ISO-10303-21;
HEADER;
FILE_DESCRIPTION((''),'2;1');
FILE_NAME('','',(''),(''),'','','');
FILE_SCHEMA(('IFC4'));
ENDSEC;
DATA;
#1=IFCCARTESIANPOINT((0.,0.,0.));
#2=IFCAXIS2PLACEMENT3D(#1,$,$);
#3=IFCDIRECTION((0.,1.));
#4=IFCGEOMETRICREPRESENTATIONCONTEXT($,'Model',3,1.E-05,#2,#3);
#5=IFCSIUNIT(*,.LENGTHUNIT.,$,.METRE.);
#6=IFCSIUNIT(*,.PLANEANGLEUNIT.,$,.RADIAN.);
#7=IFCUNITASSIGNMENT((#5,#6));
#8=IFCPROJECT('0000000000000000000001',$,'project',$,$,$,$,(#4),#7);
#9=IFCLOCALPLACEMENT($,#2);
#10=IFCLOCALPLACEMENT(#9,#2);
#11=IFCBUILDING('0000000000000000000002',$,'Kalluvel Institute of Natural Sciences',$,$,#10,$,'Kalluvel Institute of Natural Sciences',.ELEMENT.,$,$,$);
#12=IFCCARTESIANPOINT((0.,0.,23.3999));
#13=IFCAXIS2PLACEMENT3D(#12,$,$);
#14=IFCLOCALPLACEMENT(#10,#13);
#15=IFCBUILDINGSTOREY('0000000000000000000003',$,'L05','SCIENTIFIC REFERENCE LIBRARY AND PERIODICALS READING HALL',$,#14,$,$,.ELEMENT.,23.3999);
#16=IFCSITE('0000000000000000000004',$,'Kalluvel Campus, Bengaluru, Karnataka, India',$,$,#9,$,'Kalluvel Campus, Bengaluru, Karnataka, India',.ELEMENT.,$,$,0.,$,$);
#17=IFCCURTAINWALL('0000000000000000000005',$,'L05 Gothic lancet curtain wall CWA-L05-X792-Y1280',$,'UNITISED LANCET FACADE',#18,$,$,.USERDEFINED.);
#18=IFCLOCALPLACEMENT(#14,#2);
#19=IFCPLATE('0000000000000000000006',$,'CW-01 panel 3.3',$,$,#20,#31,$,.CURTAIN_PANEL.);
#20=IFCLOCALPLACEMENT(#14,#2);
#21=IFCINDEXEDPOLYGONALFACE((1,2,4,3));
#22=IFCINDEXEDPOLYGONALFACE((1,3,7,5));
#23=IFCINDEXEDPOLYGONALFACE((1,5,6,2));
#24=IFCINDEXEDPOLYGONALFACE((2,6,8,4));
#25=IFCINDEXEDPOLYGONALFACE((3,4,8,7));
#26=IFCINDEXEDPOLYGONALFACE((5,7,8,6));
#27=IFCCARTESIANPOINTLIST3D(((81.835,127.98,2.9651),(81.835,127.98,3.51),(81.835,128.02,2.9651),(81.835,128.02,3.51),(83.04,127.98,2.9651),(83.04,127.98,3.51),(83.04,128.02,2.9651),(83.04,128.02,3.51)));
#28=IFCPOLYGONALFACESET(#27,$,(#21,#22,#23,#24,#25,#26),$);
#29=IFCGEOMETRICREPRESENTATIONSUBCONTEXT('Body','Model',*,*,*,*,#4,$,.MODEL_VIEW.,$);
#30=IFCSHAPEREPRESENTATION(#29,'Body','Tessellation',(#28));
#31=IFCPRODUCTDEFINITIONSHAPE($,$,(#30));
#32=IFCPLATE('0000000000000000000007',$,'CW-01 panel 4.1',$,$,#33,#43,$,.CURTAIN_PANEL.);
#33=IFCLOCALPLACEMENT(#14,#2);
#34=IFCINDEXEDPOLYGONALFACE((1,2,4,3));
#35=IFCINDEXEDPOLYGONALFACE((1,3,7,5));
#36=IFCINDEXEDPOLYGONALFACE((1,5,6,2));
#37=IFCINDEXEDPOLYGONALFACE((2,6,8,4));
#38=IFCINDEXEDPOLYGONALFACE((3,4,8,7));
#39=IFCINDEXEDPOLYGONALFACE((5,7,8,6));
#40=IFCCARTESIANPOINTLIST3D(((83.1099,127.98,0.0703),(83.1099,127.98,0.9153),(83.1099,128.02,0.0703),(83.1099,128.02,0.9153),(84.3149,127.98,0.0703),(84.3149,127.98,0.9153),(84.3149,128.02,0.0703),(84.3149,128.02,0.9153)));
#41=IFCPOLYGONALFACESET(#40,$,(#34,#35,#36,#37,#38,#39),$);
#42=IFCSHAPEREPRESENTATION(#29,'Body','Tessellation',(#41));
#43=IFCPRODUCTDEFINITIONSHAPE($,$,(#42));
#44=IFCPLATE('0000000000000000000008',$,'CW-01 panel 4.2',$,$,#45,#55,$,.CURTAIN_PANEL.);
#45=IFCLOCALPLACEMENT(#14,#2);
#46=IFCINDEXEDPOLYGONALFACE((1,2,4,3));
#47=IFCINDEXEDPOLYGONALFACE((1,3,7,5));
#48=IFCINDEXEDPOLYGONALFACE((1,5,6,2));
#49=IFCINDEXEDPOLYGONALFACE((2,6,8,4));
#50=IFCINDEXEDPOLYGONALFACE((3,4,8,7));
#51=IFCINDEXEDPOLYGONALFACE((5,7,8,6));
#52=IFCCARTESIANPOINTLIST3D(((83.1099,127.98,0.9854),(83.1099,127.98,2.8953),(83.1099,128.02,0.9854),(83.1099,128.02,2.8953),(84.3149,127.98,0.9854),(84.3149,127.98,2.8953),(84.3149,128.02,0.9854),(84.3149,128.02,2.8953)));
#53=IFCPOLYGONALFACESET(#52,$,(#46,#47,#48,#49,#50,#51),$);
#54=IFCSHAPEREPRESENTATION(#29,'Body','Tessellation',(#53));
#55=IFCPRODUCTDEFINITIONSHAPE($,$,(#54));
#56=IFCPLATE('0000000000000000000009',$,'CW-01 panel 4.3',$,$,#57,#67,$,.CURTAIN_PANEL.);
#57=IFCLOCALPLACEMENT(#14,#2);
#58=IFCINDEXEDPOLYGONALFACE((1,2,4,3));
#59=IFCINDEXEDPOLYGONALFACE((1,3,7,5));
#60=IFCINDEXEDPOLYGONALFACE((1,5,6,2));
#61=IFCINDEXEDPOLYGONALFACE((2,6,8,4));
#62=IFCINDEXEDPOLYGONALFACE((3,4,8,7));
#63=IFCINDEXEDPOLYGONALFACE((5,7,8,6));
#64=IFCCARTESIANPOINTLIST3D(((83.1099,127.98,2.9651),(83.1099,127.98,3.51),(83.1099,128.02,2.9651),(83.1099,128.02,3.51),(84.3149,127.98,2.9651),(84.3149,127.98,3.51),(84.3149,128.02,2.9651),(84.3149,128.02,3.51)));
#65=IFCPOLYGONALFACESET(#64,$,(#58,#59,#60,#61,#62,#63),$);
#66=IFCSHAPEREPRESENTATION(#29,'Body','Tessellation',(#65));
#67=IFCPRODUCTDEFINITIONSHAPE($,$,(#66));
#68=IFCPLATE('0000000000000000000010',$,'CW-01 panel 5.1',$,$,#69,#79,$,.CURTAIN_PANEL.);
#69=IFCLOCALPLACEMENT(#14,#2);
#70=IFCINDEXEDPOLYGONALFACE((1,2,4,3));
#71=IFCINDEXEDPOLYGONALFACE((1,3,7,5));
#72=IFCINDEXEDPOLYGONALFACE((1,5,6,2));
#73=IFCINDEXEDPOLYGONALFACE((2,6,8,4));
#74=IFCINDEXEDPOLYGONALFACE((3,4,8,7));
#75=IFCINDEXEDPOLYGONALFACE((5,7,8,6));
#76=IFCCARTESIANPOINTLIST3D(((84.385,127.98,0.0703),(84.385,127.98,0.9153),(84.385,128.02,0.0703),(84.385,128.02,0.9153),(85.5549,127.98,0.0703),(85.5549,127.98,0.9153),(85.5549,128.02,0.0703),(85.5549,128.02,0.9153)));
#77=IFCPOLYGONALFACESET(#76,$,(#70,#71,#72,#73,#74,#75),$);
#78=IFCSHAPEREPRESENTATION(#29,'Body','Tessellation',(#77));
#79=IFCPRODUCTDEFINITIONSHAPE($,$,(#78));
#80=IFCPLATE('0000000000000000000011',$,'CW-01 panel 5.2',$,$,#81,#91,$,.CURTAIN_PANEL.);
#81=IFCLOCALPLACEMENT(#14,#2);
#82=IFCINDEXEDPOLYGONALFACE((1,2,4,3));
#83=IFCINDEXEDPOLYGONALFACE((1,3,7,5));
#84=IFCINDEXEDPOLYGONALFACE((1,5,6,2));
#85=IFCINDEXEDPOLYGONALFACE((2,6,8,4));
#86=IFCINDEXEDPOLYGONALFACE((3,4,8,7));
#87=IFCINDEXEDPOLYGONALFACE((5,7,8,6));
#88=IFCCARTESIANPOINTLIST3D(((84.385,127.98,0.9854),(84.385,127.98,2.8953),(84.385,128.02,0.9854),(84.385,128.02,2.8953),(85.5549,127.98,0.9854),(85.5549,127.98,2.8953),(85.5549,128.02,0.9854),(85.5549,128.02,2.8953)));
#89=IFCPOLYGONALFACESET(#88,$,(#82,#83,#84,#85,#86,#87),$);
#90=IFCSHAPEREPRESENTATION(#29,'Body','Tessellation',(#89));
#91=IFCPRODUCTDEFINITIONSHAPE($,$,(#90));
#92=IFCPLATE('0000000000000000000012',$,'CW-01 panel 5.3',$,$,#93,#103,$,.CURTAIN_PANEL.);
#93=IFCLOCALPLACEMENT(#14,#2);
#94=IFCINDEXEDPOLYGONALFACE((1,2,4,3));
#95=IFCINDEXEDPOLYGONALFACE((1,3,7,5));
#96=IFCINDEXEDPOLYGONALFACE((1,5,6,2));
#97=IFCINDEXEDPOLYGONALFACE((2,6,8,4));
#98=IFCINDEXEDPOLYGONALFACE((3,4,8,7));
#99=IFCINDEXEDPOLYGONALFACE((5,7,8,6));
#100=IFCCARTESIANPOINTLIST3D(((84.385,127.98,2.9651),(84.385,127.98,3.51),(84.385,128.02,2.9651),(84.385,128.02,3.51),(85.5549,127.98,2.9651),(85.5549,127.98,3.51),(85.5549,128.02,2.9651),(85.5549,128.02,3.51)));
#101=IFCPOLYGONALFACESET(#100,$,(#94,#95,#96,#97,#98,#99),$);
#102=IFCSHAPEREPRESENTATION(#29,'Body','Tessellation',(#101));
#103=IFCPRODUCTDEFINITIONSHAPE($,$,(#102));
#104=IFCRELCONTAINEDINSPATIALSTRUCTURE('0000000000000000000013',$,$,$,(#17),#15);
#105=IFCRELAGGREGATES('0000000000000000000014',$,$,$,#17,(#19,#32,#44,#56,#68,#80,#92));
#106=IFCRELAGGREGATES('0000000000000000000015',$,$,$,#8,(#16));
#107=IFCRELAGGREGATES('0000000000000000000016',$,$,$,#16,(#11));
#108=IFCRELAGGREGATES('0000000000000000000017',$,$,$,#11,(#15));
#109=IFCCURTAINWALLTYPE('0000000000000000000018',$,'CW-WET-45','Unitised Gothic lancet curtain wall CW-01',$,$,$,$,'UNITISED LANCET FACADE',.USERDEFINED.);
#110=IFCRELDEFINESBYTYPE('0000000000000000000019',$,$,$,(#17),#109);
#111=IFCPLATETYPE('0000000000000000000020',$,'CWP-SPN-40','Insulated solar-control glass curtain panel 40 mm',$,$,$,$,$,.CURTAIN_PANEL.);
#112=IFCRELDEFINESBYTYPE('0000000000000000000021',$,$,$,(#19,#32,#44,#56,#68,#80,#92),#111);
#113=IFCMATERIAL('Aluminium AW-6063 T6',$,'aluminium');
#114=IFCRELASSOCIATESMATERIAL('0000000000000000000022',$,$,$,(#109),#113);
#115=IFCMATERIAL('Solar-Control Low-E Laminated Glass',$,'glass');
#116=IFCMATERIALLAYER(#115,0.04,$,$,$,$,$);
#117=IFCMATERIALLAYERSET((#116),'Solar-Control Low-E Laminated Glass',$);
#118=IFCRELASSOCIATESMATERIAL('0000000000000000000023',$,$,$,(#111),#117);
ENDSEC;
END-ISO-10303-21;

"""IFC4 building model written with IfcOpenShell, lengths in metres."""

from ifc_helpers import new_model, si_unit, direction, frame, origin, origin_2d, place, context, subcontext, project, spatial, rectangle, extrude, material, layer, layer_set, type_object, element, aggregate, save


model = new_model("IFC4")

# Units and contexts
model_context = context("Model", 3, precision=1e-05, world=origin(), true_north=direction((0.0, 1.0)))
body_context = subcontext(model_context, "Body", "Model", "MODEL_VIEW")
ifc_project = project(units=[si_unit("LENGTHUNIT", "METRE"), si_unit("PLANEANGLEUNIT", "RADIAN")], contexts=[model_context])

# Site, building, storey
site_placement = place(None, origin())
site = spatial("IfcSite", under=ifc_project, at=site_placement, Name="Kalluvel Campus, Bengaluru, Karnataka, India", LongName="Kalluvel Campus, Bengaluru, Karnataka, India", CompositionType="ELEMENT", RefElevation=0.0)
building_placement = place(site_placement, origin())
building = spatial("IfcBuilding", under=site, at=building_placement, Name="Kalluvel Institute of Natural Sciences", LongName="Kalluvel Institute of Natural Sciences", CompositionType="ELEMENT")
storey_placement = place(building_placement, frame((0.0, 0.0, 23.3999)))
storey = spatial("IfcBuildingStorey", under=building, at=storey_placement, Name="L05", Description="SCIENTIFIC REFERENCE LIBRARY AND PERIODICALS READING HALL", CompositionType="ELEMENT", Elevation=23.3999)

# Curtain wall
ifc_material_1 = material(Name="Aluminium AW-6063 T6", Category="aluminium")
curtain_wall_type = type_object("IfcCurtainWallType", Name="CW-WET-45", Description="Unitised Gothic lancet curtain wall CW-01", ElementType="UNITISED LANCET FACADE", PredefinedType="USERDEFINED", material=ifc_material_1)
curtain_wall_1_placement = place(storey_placement, origin())
curtain_wall_1 = element("IfcCurtainWall", 1, at=curtain_wall_1_placement, inside=storey, type_object=curtain_wall_type, Name="L05 Gothic lancet curtain wall CWA-L05-X792-Y1280", ObjectType="UNITISED LANCET FACADE", PredefinedType="USERDEFINED")

# Plates
ifc_material_2 = material(Name="Solar-Control Low-E Laminated Glass", Category="glass")
ifc_layer = layer(ifc_material_2, 0.04)
ifc_layer_set = layer_set([ifc_layer], Name="Solar-Control Low-E Laminated Glass")
plate_type = type_object("IfcPlateType", Name="CWP-SPN-40", Description="Insulated solar-control glass curtain panel 40 mm", PredefinedType="CURTAIN_PANEL", material=ifc_layer_set)
plate_1_placement = place(storey_placement, frame((82.4375, 128.0, 2.9651), z_axis=(0.0, 0.0, 1.0), x_axis=(1.0, 0.0, 0.0)))
plate_1 = element("IfcPlate", 2, at=plate_1_placement, type_object=plate_type, Name="CW-01 panel 3.3", PredefinedType="CURTAIN_PANEL", context=body_context, shape_type="SweptSolid", body=[
    extrude(rectangle(XDim=1.2051, YDim=0.04, at=origin_2d()), origin(), (0.0, 0.0, 1.0), 0.5449),
])
plate_2_placement = place(storey_placement, frame((83.7124, 128.0, 0.0703), z_axis=(0.0, 0.0, 1.0), x_axis=(1.0, 0.0, 0.0)))
plate_2 = element("IfcPlate", 3, at=plate_2_placement, type_object=plate_type, Name="CW-01 panel 4.1", PredefinedType="CURTAIN_PANEL", context=body_context, shape_type="SweptSolid", body=[
    extrude(rectangle(XDim=1.2051, YDim=0.04, at=origin_2d()), origin(), (0.0, 0.0, 1.0), 0.845),
])
plate_3_placement = place(storey_placement, frame((83.7124, 128.0, 0.9854), z_axis=(0.0, 0.0, 1.0), x_axis=(1.0, 0.0, 0.0)))
plate_3 = element("IfcPlate", 4, at=plate_3_placement, type_object=plate_type, Name="CW-01 panel 4.2", PredefinedType="CURTAIN_PANEL", context=body_context, shape_type="SweptSolid", body=[
    extrude(rectangle(XDim=1.2051, YDim=0.04, at=origin_2d()), origin(), (0.0, 0.0, 1.0), 1.9099),
])
plate_4_placement = place(storey_placement, frame((83.7124, 128.0, 2.9651), z_axis=(0.0, 0.0, 1.0), x_axis=(1.0, 0.0, 0.0)))
plate_4 = element("IfcPlate", 5, at=plate_4_placement, type_object=plate_type, Name="CW-01 panel 4.3", PredefinedType="CURTAIN_PANEL", context=body_context, shape_type="SweptSolid", body=[
    extrude(rectangle(XDim=1.2051, YDim=0.04, at=origin_2d()), origin(), (0.0, 0.0, 1.0), 0.5449),
])
plate_5_placement = place(storey_placement, frame((84.97, 128.0, 0.0703), z_axis=(0.0, 0.0, 1.0), x_axis=(1.0, 0.0, 0.0)))
plate_5 = element("IfcPlate", 6, at=plate_5_placement, type_object=plate_type, Name="CW-01 panel 5.1", PredefinedType="CURTAIN_PANEL", context=body_context, shape_type="SweptSolid", body=[
    extrude(rectangle(XDim=1.1699, YDim=0.04, at=origin_2d()), origin(), (0.0, 0.0, 1.0), 0.845),
])
plate_6_placement = place(storey_placement, frame((84.97, 128.0, 0.9854), z_axis=(0.0, 0.0, 1.0), x_axis=(1.0, 0.0, 0.0)))
plate_6 = element("IfcPlate", 7, at=plate_6_placement, type_object=plate_type, Name="CW-01 panel 5.2", PredefinedType="CURTAIN_PANEL", context=body_context, shape_type="SweptSolid", body=[
    extrude(rectangle(XDim=1.1699, YDim=0.04, at=origin_2d()), origin(), (0.0, 0.0, 1.0), 1.9099),
])
plate_7_placement = place(storey_placement, frame((84.97, 128.0, 2.9651), z_axis=(0.0, 0.0, 1.0), x_axis=(1.0, 0.0, 0.0)))
plate_7 = element("IfcPlate", 8, at=plate_7_placement, type_object=plate_type, Name="CW-01 panel 5.3", PredefinedType="CURTAIN_PANEL", context=body_context, shape_type="SweptSolid", body=[
    extrude(rectangle(XDim=1.1699, YDim=0.04, at=origin_2d()), origin(), (0.0, 0.0, 1.0), 0.5449),
])
aggregate(curtain_wall_1, [plate_1, plate_2, plate_3, plate_4, plate_5, plate_6, plate_7])

save(model, "model.ifc")
